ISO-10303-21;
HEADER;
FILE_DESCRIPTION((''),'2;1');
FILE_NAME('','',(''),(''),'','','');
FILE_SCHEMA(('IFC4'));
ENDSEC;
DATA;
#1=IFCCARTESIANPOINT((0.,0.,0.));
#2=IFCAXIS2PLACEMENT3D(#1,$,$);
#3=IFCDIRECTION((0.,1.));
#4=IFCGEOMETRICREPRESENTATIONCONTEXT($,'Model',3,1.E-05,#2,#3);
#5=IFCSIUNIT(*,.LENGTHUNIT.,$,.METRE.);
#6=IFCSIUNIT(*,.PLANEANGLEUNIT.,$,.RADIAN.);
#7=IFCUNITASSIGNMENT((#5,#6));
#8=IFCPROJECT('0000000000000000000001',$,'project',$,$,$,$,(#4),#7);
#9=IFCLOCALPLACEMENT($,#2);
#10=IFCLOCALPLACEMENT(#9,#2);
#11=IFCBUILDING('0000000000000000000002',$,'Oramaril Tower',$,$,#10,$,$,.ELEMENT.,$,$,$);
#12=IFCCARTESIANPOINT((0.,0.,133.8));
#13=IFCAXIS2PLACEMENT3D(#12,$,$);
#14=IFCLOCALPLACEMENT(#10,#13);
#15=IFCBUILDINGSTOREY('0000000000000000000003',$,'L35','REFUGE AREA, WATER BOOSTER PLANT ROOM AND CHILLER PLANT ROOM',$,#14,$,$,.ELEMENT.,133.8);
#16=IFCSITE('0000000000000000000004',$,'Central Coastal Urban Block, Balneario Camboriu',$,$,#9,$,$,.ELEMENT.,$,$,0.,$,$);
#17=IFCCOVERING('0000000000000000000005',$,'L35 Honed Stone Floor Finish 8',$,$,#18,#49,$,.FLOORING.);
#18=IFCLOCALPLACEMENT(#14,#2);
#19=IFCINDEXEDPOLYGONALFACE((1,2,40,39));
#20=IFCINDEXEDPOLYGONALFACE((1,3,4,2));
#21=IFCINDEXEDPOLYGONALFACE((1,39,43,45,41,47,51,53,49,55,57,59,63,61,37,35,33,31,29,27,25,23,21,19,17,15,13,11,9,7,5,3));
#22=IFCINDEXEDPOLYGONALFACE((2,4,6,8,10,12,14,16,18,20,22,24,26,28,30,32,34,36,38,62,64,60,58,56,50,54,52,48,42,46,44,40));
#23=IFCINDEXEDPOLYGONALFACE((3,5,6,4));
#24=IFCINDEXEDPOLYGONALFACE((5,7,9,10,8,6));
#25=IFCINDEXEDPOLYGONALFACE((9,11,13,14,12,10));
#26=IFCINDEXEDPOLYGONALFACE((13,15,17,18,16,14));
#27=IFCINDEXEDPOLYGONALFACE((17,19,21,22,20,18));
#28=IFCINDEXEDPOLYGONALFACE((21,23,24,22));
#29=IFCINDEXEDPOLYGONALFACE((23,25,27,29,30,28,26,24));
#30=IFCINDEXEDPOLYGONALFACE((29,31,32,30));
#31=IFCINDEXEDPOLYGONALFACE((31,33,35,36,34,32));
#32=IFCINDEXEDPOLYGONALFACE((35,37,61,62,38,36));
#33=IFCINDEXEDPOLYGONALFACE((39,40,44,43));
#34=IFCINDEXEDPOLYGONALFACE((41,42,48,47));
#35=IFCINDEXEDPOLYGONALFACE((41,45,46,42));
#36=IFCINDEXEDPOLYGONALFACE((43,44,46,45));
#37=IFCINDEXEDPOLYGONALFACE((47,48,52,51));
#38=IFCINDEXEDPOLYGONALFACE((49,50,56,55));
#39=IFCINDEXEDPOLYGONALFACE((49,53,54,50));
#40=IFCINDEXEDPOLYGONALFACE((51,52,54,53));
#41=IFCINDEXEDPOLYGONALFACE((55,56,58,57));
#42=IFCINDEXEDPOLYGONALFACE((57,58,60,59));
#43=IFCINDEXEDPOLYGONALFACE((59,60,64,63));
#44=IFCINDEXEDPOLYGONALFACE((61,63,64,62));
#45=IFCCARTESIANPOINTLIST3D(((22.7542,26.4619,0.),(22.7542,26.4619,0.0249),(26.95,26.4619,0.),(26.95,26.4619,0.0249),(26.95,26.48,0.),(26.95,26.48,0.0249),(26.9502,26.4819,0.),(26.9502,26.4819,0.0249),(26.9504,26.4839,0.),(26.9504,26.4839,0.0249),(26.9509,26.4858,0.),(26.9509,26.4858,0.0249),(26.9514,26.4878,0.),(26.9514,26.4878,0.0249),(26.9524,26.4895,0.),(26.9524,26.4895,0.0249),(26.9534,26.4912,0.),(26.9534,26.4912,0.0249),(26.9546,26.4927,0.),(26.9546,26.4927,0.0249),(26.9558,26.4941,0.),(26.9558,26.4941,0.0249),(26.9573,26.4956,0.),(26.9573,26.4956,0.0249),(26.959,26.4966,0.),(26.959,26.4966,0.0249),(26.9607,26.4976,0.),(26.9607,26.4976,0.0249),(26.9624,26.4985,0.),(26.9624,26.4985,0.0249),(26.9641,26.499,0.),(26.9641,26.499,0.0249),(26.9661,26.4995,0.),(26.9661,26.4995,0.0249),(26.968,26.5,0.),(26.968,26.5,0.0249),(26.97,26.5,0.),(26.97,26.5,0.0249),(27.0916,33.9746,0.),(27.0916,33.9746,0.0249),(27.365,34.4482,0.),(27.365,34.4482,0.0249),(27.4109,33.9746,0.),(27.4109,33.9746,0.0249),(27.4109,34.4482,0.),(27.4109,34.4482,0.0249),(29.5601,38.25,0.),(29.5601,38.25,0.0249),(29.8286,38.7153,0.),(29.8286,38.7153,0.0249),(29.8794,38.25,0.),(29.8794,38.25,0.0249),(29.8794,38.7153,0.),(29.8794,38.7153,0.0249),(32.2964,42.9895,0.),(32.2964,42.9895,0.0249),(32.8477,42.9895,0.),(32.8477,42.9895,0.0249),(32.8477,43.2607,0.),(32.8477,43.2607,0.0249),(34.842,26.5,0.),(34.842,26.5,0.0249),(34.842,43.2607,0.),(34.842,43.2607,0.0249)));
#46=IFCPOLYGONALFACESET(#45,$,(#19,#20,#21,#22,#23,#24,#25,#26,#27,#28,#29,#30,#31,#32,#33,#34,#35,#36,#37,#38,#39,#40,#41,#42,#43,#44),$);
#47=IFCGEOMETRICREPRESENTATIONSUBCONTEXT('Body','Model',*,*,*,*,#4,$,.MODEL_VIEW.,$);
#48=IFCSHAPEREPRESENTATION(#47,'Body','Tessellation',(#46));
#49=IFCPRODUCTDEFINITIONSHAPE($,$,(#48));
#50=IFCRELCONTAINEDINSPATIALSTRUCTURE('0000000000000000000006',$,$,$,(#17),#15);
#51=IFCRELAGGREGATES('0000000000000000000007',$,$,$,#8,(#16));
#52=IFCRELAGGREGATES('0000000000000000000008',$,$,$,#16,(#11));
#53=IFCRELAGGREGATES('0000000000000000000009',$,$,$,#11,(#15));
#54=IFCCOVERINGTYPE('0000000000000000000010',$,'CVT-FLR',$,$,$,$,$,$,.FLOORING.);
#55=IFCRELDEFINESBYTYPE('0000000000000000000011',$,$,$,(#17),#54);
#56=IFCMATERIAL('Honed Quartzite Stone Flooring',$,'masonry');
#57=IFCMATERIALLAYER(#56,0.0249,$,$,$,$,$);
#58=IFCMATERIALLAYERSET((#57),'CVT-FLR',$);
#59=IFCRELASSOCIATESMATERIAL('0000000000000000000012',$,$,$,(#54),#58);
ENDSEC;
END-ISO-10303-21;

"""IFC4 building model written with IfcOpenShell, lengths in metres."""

from ifc_helpers import new_model, si_unit, direction, frame, origin, place, context, subcontext, project, spatial, polyline, outline, extrude, material, layer, layer_set, type_object, element, save


model = new_model("IFC4")

# Units and contexts
model_context = context("Model", 3, precision=1e-05, world=origin(), true_north=direction((0.0, 1.0)))
body_context = subcontext(model_context, "Body", "Model", "MODEL_VIEW")
ifc_project = project(units=[si_unit("LENGTHUNIT", "METRE"), si_unit("PLANEANGLEUNIT", "RADIAN")], contexts=[model_context])

# Site, building, storey
site_placement = place(None, origin())
site = spatial("IfcSite", under=ifc_project, at=site_placement, Name="Central Coastal Urban Block, Balneario Camboriu", CompositionType="ELEMENT", RefElevation=0.0)
building_placement = place(site_placement, origin())
building = spatial("IfcBuilding", under=site, at=building_placement, Name="Oramaril Tower", CompositionType="ELEMENT")
storey_placement = place(building_placement, frame((0.0, 0.0, 133.8)))
storey = spatial("IfcBuildingStorey", under=building, at=storey_placement, Name="L35", Description="REFUGE AREA, WATER BOOSTER PLANT ROOM AND CHILLER PLANT ROOM", CompositionType="ELEMENT", Elevation=133.8)

# Covering
ifc_material_1 = material(Name="Honed Quartzite Stone Flooring", Category="masonry")
ifc_layer_1 = layer(ifc_material_1, 0.0249)
ifc_layer_set_1 = layer_set([ifc_layer_1], Name="CVT-FLR")
covering_type_1 = type_object("IfcCoveringType", Name="CVT-FLR", PredefinedType="FLOORING", material=ifc_layer_set_1)
covering_1_placement = place(storey_placement, origin())
element("IfcCovering", 1, at=covering_1_placement, inside=storey, type_object=covering_type_1, Name="L35 Honed Stone Floor Finish 8", PredefinedType="FLOORING", context=body_context, shape_type="SweptSolid", body=[
    extrude(outline(polyline([(27.4109, 33.9746), (27.4109, 34.4482), (27.365, 34.4482), (29.5601, 38.25), (29.8794, 38.25), (29.8794, 38.7153), (29.8286, 38.7153), (32.2964, 42.9895), (32.8477, 42.9895), (32.8477, 43.2607), (34.842, 43.2607), (34.842, 26.5), (26.97, 26.5), (26.968, 26.5), (26.9661, 26.4995), (26.9641, 26.499), (26.9624, 26.4985), (26.9607, 26.4976), (26.959, 26.4966), (26.9573, 26.4956), (26.9558, 26.4941), (26.9546, 26.4927), (26.9534, 26.4912), (26.9524, 26.4895), (26.9514, 26.4878), (26.9509, 26.4858), (26.9504, 26.4839), (26.9502, 26.4819), (26.95, 26.48), (26.95, 26.4619), (22.7542, 26.4619), (27.0916, 33.9746), (27.4109, 33.9746)])), origin(), (0.0, 0.0, 1.0), 0.0249),
])

save(model, "model.ifc")
